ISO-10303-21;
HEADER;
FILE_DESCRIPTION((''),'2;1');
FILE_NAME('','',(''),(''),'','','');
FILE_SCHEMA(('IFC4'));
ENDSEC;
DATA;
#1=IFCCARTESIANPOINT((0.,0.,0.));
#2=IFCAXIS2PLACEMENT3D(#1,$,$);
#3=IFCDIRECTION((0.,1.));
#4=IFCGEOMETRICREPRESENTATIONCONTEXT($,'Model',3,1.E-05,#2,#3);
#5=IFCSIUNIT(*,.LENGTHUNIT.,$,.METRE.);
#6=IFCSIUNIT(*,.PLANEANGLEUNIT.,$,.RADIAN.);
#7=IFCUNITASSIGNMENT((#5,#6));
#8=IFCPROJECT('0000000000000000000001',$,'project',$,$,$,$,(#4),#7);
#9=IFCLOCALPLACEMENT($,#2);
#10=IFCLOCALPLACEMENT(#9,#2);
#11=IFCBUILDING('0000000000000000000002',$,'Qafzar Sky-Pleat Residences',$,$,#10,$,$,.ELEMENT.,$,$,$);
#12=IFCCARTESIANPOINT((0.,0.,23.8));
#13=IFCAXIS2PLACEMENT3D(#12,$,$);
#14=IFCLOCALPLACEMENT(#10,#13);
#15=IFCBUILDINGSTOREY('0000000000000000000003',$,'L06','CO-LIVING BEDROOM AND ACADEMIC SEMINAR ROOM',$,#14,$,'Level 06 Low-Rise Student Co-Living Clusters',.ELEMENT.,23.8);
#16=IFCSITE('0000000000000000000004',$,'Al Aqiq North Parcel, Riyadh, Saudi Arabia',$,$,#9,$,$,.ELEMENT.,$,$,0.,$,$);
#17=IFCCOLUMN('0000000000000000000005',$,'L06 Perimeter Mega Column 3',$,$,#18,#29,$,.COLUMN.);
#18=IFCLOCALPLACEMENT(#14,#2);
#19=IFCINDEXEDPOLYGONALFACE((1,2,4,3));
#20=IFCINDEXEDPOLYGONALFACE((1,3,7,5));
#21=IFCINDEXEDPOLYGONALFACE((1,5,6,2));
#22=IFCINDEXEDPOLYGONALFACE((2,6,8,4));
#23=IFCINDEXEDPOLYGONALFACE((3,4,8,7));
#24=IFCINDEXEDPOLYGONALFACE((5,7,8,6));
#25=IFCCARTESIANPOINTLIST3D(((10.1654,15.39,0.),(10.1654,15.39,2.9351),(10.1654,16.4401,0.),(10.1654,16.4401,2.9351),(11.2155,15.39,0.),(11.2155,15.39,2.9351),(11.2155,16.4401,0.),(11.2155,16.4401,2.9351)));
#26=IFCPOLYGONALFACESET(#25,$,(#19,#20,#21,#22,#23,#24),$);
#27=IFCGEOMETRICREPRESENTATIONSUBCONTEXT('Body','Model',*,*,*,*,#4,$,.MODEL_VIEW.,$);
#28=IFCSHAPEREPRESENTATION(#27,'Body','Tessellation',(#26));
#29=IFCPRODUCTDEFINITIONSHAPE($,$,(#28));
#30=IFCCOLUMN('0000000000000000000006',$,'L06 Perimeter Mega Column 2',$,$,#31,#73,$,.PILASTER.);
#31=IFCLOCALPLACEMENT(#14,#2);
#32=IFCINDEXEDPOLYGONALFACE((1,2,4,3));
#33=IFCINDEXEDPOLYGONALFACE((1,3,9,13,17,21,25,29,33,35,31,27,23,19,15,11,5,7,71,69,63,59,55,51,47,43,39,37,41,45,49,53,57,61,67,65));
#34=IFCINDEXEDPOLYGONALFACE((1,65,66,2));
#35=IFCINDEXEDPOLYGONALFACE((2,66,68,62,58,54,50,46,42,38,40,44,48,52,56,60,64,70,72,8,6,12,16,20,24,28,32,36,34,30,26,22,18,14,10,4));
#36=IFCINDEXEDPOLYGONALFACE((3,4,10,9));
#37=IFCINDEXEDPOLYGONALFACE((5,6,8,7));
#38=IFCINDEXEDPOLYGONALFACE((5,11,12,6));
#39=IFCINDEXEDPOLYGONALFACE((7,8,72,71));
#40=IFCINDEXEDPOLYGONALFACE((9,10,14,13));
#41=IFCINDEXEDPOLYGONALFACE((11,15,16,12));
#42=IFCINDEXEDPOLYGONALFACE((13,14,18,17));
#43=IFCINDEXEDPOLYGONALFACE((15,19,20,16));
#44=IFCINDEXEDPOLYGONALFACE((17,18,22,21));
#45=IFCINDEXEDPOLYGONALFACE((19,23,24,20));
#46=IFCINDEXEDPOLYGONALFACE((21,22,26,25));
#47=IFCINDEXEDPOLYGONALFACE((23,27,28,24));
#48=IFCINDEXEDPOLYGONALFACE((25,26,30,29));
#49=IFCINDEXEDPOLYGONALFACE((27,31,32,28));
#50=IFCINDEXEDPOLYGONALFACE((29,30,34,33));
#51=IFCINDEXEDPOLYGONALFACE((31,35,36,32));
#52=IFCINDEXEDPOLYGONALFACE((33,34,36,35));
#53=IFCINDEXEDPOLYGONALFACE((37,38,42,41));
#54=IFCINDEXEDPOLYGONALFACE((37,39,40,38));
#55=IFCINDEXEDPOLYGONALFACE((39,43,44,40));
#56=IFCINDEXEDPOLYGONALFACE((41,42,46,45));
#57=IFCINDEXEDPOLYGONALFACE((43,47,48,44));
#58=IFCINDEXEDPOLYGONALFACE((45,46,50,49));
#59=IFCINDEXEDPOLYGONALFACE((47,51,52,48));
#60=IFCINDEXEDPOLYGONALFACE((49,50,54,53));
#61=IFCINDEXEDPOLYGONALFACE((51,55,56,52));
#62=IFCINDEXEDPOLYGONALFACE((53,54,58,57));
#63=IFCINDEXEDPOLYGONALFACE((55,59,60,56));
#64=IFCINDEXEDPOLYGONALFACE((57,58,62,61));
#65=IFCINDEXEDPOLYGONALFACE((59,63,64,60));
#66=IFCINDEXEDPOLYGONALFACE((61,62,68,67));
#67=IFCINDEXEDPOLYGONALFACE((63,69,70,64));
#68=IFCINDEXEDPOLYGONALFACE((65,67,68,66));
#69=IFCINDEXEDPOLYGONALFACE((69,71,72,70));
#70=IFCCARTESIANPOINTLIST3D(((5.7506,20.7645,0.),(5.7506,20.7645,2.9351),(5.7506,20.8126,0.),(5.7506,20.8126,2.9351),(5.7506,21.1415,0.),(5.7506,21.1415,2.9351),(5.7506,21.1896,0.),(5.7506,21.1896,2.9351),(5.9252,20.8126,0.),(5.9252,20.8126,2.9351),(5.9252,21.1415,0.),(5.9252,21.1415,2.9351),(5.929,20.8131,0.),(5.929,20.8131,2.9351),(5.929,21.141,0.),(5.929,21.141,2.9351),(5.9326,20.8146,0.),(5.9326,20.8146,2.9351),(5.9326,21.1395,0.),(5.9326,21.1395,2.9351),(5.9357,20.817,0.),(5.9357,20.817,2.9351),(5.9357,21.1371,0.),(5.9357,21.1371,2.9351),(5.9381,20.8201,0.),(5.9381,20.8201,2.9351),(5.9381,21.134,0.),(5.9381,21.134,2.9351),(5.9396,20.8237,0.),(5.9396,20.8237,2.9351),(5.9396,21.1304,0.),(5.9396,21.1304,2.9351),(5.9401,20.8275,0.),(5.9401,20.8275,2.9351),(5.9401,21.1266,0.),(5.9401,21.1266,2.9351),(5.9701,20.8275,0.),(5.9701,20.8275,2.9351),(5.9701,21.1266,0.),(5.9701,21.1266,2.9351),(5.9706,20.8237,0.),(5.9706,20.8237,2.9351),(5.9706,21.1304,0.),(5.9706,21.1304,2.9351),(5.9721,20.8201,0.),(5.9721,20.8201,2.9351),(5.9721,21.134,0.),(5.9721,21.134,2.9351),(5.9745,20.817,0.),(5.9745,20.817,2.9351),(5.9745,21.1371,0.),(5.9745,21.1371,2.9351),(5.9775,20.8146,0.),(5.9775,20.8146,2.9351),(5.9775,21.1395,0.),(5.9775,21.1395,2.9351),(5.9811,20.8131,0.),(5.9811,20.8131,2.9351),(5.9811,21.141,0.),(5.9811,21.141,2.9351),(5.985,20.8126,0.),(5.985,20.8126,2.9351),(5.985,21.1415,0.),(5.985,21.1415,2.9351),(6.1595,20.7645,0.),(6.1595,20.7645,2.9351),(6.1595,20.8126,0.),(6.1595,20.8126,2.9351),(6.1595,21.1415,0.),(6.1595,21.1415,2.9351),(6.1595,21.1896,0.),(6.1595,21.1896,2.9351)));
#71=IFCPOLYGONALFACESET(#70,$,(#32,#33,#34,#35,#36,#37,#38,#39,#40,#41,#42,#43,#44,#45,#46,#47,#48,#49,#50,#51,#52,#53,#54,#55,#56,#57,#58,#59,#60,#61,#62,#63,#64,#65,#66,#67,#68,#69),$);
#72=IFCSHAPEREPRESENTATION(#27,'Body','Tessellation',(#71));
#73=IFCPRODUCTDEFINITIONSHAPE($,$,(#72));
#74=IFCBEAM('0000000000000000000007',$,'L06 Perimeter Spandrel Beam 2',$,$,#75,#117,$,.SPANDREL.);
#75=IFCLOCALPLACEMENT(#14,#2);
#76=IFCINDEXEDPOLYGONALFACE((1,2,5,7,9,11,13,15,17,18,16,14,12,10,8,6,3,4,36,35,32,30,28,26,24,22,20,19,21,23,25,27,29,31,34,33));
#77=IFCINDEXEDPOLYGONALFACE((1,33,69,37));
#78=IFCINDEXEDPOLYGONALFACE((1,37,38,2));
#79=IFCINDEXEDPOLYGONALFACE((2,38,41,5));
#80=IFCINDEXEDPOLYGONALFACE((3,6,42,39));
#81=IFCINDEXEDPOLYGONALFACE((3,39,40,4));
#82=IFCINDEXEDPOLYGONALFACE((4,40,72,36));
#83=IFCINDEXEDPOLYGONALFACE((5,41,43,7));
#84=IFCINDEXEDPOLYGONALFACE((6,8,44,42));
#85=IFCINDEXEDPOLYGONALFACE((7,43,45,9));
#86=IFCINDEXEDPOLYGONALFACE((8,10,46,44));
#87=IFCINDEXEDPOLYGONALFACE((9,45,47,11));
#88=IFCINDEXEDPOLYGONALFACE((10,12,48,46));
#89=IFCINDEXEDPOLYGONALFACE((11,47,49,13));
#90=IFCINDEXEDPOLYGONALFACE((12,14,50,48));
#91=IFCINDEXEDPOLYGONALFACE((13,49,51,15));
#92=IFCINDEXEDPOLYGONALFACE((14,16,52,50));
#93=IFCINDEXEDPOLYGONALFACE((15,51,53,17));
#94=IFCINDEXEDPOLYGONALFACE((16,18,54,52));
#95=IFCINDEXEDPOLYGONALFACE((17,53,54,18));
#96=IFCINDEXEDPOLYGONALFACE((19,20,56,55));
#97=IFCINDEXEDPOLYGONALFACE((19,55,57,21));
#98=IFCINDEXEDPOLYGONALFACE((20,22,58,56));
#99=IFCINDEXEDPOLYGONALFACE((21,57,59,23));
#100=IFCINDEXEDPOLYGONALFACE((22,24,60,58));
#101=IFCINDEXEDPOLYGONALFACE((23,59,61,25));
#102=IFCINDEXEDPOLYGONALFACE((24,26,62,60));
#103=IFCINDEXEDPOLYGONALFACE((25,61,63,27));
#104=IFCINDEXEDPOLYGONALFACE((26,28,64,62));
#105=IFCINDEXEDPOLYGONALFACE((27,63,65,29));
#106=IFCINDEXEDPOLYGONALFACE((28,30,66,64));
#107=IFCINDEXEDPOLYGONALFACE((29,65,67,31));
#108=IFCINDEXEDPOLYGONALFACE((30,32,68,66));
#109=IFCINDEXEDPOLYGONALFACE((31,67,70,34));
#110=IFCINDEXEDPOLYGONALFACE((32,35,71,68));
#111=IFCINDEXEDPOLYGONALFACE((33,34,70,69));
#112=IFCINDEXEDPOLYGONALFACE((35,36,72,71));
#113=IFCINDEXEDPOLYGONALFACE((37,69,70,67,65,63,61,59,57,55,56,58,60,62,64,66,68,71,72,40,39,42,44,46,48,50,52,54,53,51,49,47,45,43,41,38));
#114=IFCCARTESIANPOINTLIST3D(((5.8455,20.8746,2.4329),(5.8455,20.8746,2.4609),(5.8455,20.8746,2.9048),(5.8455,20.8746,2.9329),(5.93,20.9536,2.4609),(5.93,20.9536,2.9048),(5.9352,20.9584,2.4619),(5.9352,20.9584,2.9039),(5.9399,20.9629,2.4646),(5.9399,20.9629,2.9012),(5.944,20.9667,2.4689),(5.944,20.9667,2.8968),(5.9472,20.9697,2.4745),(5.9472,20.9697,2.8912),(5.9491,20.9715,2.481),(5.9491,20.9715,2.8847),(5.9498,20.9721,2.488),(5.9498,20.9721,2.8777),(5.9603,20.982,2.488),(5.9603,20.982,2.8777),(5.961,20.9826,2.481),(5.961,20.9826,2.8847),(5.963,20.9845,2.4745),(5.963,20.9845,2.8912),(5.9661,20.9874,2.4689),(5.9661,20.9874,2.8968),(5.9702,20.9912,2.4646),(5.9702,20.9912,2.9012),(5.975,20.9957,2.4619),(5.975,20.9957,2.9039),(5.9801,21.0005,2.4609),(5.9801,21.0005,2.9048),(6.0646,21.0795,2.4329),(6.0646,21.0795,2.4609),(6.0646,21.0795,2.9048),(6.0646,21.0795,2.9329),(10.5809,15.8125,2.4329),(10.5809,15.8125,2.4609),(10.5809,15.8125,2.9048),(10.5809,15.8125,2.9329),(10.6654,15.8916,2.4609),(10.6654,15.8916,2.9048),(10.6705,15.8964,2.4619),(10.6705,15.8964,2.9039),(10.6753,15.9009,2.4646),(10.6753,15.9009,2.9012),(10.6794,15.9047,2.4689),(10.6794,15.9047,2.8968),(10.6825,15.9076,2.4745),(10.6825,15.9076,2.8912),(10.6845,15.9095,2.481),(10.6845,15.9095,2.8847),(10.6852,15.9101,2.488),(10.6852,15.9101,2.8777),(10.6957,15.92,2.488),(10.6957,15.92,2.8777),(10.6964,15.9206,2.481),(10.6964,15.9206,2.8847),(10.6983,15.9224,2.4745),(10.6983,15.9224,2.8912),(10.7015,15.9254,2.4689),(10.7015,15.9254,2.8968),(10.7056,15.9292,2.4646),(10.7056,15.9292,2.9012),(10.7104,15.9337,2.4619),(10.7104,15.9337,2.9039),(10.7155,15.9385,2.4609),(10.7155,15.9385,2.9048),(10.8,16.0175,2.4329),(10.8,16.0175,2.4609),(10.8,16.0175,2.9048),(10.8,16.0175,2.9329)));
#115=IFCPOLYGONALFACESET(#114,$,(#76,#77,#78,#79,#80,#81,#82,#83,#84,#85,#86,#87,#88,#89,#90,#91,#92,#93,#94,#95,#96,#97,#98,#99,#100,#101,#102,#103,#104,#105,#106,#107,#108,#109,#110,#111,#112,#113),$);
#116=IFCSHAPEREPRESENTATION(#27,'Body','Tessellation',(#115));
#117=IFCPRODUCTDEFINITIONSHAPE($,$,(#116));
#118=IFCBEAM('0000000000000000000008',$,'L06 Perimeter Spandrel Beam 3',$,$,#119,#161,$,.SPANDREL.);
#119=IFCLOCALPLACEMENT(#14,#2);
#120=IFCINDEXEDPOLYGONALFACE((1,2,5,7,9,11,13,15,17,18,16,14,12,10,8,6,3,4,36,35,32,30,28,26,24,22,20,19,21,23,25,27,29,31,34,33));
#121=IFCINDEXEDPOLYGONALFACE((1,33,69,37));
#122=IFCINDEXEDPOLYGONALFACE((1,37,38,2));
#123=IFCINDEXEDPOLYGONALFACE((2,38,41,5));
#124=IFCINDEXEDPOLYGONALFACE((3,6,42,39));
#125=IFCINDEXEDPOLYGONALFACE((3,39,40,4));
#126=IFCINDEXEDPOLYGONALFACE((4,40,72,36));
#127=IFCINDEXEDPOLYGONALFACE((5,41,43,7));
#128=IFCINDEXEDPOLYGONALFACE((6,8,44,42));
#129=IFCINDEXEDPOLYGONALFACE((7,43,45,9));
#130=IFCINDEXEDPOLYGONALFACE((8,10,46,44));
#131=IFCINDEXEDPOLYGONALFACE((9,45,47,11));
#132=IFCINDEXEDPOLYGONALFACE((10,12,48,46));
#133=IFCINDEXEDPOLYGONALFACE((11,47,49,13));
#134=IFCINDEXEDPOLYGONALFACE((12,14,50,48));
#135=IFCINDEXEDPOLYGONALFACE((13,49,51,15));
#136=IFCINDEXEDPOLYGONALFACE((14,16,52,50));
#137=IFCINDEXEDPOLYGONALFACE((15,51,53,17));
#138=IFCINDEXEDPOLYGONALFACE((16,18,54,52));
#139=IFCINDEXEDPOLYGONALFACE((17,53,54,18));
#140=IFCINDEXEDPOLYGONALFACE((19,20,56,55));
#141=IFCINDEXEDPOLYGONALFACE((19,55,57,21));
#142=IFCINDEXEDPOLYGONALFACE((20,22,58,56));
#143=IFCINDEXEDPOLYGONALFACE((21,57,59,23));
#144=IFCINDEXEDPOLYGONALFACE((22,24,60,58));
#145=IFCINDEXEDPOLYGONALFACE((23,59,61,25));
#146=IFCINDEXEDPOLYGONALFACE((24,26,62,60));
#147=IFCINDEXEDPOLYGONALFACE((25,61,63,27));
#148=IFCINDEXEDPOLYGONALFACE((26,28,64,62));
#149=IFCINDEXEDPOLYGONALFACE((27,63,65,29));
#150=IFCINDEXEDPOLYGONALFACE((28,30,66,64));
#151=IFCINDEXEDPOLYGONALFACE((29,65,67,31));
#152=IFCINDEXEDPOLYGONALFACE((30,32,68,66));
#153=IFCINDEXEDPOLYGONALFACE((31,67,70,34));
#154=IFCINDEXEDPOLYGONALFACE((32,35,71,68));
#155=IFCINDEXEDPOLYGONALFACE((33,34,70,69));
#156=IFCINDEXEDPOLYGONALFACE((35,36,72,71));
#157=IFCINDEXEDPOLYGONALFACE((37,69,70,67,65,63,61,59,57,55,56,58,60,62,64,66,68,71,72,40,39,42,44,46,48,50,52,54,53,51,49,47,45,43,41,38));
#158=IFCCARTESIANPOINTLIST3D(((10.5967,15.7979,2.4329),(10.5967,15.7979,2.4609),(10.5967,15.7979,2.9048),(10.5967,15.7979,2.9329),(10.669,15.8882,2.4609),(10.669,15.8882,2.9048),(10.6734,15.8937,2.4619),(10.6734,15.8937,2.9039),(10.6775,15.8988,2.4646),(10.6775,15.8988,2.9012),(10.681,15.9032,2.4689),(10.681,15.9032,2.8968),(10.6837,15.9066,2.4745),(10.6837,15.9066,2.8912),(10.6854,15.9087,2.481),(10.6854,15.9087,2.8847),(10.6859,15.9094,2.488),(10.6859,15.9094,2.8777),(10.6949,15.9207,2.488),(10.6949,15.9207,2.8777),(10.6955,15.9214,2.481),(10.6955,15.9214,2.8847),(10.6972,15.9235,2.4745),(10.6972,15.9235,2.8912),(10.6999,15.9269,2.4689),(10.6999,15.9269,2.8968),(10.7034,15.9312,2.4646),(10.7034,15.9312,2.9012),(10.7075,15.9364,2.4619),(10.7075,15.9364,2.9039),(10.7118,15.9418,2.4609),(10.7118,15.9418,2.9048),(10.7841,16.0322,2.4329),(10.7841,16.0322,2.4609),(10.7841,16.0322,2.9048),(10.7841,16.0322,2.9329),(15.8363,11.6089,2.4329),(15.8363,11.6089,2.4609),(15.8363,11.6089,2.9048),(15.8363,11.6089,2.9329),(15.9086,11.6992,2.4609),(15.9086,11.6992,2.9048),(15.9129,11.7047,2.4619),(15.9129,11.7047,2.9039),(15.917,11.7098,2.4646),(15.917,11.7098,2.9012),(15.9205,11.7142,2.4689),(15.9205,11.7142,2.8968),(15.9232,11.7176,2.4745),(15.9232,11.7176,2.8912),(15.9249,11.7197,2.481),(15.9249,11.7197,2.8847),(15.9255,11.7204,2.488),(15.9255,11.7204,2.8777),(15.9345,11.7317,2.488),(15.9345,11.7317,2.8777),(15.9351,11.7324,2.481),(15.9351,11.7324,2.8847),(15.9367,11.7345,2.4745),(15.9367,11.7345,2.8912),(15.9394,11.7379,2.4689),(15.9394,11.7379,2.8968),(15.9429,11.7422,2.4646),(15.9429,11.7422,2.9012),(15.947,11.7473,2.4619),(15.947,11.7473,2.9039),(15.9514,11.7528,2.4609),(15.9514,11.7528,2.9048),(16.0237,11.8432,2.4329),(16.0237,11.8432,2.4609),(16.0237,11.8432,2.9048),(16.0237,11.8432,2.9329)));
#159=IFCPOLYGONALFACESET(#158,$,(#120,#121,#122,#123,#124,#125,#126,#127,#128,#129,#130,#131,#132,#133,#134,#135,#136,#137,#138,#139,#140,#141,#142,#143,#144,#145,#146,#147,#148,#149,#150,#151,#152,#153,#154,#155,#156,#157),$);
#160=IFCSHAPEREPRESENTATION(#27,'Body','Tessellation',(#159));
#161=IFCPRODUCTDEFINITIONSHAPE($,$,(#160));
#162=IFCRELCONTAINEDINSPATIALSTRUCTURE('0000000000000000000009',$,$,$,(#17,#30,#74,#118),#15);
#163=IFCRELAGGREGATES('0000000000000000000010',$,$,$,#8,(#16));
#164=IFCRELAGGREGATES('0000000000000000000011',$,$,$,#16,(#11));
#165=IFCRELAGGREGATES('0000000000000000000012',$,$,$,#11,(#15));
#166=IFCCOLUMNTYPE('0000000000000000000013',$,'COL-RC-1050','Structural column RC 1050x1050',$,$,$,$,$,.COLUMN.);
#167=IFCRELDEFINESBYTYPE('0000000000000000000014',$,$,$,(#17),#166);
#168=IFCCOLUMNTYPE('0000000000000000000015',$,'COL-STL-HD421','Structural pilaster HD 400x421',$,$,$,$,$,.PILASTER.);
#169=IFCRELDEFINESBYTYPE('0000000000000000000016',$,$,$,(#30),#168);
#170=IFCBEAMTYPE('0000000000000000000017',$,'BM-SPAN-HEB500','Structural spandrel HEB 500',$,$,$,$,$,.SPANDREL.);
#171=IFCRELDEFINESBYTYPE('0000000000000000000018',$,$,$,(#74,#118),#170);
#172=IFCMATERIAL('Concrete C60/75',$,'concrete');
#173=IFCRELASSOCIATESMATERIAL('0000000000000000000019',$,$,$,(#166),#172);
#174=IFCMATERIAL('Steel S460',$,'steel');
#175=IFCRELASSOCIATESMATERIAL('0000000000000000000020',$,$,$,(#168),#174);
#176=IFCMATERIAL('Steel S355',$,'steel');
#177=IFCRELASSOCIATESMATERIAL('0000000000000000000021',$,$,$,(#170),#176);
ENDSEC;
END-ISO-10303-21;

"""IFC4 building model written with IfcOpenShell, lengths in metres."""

from ifc_helpers import new_model, si_unit, direction, frame, origin, origin_2d, place, context, subcontext, project, spatial, rectangle, i_section, extrude, source, transform, mapped, material, material_profile, profile_set, type_object, element, save


model = new_model("IFC4")

# Units and contexts
model_context = context("Model", 3, precision=1e-05, world=origin(), true_north=direction((0.0, 1.0)))
body_context = subcontext(model_context, "Body", "Model", "MODEL_VIEW")
ifc_project = project(units=[si_unit("LENGTHUNIT", "METRE"), si_unit("PLANEANGLEUNIT", "RADIAN")], contexts=[model_context])

# Site, building, storey
site_placement = place(None, origin())
site = spatial("IfcSite", under=ifc_project, at=site_placement, Name="Al Aqiq North Parcel, Riyadh, Saudi Arabia", CompositionType="ELEMENT", RefElevation=0.0)
building_placement = place(site_placement, origin())
building = spatial("IfcBuilding", under=site, at=building_placement, Name="Qafzar Sky-Pleat Residences", CompositionType="ELEMENT")
storey_placement = place(building_placement, frame((0.0, 0.0, 23.8)))
storey = spatial("IfcBuildingStorey", under=building, at=storey_placement, Name="L06", Description="CO-LIVING BEDROOM AND ACADEMIC SEMINAR ROOM", LongName="Level 06 Low-Rise Student Co-Living Clusters", CompositionType="ELEMENT", Elevation=23.8)

# Columns
ifc_material_1 = material(Name="Concrete C60/75", Category="concrete")
ifc_material_profile_1 = material_profile(ifc_material_1, rectangle(XDim=1.05, YDim=1.05, at=origin_2d()), Name="RC 1050x1050")
ifc_profile_set_1 = profile_set([ifc_material_profile_1], Name="Concrete C60/75")
column_type_1 = type_object("IfcColumnType", Name="COL-RC-1050", Description="Structural column RC 1050x1050", PredefinedType="COLUMN", material=ifc_profile_set_1)
shared_shape_1 = source(origin(), body_context, "Body", "SweptSolid", [
    extrude(rectangle(XDim=1.05, YDim=1.05, at=origin_2d()), origin(), (0.0, 0.0, 1.0), 2.9351),
])
column_1_placement = place(storey_placement, frame((10.6904, 15.915, 0.0), z_axis=(0.0, 0.0, 1.0), x_axis=(1.0, 0.0, 0.0)))
element("IfcColumn", 1, at=column_1_placement, inside=storey, type_object=column_type_1, Name="L06 Perimeter Mega Column 3", PredefinedType="COLUMN", context=body_context, shape_type="MappedRepresentation", body=[
    mapped(shared_shape_1, transform((0.0, 0.0, 0.0), x_axis=(1.0, 0.0, 0.0), y_axis=(0.0, 1.0, 0.0), z_axis=(0.0, 0.0, 1.0), scale=1.0)),
])
ifc_material_2 = material(Name="Steel S460", Category="steel")
ifc_material_profile_2 = material_profile(ifc_material_2, i_section(OverallWidth=0.4089, OverallDepth=0.425, WebThickness=0.03, FlangeThickness=0.0481, FilletRadius=0.0149, at=origin_2d()), Name="HD 400x421")
ifc_profile_set_2 = profile_set([ifc_material_profile_2], Name="Steel S460")
column_type_2 = type_object("IfcColumnType", Name="COL-STL-HD421", Description="Structural pilaster HD 400x421", PredefinedType="PILASTER", material=ifc_profile_set_2)
shared_shape_2 = source(origin(), body_context, "Body", "SweptSolid", [
    extrude(i_section(OverallWidth=0.4089, OverallDepth=0.425, WebThickness=0.03, FlangeThickness=0.0481, FilletRadius=0.0149, at=origin_2d()), origin(), (0.0, 0.0, 1.0), 2.9351),
])
column_2_placement = place(storey_placement, frame((5.9551, 20.9771, 0.0), z_axis=(0.0, 0.0, 1.0), x_axis=(1.0, 0.0, 0.0)))
element("IfcColumn", 2, at=column_2_placement, inside=storey, type_object=column_type_2, Name="L06 Perimeter Mega Column 2", PredefinedType="PILASTER", context=body_context, shape_type="MappedRepresentation", body=[
    mapped(shared_shape_2, transform((0.0, 0.0, 0.0), x_axis=(1.0, 0.0, 0.0), y_axis=(0.0, 1.0, 0.0), z_axis=(0.0, 0.0, 1.0), scale=1.0)),
])

# Beams
ifc_material_3 = material(Name="Steel S355", Category="steel")
ifc_material_profile_3 = material_profile(ifc_material_3, i_section(OverallWidth=0.3, OverallDepth=0.5, WebThickness=0.0144, FlangeThickness=0.0281, FilletRadius=0.0271, at=origin_2d()), Name="HEB 500")
ifc_profile_set_3 = profile_set([ifc_material_profile_3], Name="Steel S355")
beam_type_1 = type_object("IfcBeamType", Name="BM-SPAN-HEB500", Description="Structural spandrel HEB 500", PredefinedType="SPANDREL", material=ifc_profile_set_3)
shared_shape_3 = source(origin(), body_context, "Body", "SweptSolid", [
    extrude(i_section(OverallWidth=0.3, OverallDepth=0.5, WebThickness=0.0144, FlangeThickness=0.0281, FilletRadius=0.0271, at=origin_2d()), origin(), (0.0, 0.0, 1.0), 6.9316),
])
beam_1_placement = place(storey_placement, frame((5.9551, 20.9771, 2.6829), z_axis=(0.683151, -0.730277, 0.0), x_axis=(0.730277, 0.683151, 0.0)))
element("IfcBeam", 3, at=beam_1_placement, inside=storey, type_object=beam_type_1, Name="L06 Perimeter Spandrel Beam 2", PredefinedType="SPANDREL", context=body_context, shape_type="MappedRepresentation", body=[
    mapped(shared_shape_3, transform((0.0, 0.0, 0.0), x_axis=(1.0, 0.0, 0.0), y_axis=(0.0, 1.0, 0.0), z_axis=(0.0, 0.0, 1.0), scale=1.0)),
])
shared_shape_4 = source(origin(), body_context, "Body", "SweptSolid", [
    extrude(i_section(OverallWidth=0.3, OverallDepth=0.5, WebThickness=0.0144, FlangeThickness=0.0281, FilletRadius=0.0271, at=origin_2d()), origin(), (0.0, 0.0, 1.0), 6.7083),
])
beam_2_placement = place(storey_placement, frame((10.6904, 15.915, 2.6829), z_axis=(0.781061, -0.624455, 0.0), x_axis=(0.624455, 0.781061, 0.0)))
element("IfcBeam", 4, at=beam_2_placement, inside=storey, type_object=beam_type_1, Name="L06 Perimeter Spandrel Beam 3", PredefinedType="SPANDREL", context=body_context, shape_type="MappedRepresentation", body=[
    mapped(shared_shape_4, transform((0.0, 0.0, 0.0), x_axis=(1.0, 0.0, 0.0), y_axis=(0.0, 1.0, 0.0), z_axis=(0.0, 0.0, 1.0), scale=1.0)),
])

save(model, "model.ifc")
